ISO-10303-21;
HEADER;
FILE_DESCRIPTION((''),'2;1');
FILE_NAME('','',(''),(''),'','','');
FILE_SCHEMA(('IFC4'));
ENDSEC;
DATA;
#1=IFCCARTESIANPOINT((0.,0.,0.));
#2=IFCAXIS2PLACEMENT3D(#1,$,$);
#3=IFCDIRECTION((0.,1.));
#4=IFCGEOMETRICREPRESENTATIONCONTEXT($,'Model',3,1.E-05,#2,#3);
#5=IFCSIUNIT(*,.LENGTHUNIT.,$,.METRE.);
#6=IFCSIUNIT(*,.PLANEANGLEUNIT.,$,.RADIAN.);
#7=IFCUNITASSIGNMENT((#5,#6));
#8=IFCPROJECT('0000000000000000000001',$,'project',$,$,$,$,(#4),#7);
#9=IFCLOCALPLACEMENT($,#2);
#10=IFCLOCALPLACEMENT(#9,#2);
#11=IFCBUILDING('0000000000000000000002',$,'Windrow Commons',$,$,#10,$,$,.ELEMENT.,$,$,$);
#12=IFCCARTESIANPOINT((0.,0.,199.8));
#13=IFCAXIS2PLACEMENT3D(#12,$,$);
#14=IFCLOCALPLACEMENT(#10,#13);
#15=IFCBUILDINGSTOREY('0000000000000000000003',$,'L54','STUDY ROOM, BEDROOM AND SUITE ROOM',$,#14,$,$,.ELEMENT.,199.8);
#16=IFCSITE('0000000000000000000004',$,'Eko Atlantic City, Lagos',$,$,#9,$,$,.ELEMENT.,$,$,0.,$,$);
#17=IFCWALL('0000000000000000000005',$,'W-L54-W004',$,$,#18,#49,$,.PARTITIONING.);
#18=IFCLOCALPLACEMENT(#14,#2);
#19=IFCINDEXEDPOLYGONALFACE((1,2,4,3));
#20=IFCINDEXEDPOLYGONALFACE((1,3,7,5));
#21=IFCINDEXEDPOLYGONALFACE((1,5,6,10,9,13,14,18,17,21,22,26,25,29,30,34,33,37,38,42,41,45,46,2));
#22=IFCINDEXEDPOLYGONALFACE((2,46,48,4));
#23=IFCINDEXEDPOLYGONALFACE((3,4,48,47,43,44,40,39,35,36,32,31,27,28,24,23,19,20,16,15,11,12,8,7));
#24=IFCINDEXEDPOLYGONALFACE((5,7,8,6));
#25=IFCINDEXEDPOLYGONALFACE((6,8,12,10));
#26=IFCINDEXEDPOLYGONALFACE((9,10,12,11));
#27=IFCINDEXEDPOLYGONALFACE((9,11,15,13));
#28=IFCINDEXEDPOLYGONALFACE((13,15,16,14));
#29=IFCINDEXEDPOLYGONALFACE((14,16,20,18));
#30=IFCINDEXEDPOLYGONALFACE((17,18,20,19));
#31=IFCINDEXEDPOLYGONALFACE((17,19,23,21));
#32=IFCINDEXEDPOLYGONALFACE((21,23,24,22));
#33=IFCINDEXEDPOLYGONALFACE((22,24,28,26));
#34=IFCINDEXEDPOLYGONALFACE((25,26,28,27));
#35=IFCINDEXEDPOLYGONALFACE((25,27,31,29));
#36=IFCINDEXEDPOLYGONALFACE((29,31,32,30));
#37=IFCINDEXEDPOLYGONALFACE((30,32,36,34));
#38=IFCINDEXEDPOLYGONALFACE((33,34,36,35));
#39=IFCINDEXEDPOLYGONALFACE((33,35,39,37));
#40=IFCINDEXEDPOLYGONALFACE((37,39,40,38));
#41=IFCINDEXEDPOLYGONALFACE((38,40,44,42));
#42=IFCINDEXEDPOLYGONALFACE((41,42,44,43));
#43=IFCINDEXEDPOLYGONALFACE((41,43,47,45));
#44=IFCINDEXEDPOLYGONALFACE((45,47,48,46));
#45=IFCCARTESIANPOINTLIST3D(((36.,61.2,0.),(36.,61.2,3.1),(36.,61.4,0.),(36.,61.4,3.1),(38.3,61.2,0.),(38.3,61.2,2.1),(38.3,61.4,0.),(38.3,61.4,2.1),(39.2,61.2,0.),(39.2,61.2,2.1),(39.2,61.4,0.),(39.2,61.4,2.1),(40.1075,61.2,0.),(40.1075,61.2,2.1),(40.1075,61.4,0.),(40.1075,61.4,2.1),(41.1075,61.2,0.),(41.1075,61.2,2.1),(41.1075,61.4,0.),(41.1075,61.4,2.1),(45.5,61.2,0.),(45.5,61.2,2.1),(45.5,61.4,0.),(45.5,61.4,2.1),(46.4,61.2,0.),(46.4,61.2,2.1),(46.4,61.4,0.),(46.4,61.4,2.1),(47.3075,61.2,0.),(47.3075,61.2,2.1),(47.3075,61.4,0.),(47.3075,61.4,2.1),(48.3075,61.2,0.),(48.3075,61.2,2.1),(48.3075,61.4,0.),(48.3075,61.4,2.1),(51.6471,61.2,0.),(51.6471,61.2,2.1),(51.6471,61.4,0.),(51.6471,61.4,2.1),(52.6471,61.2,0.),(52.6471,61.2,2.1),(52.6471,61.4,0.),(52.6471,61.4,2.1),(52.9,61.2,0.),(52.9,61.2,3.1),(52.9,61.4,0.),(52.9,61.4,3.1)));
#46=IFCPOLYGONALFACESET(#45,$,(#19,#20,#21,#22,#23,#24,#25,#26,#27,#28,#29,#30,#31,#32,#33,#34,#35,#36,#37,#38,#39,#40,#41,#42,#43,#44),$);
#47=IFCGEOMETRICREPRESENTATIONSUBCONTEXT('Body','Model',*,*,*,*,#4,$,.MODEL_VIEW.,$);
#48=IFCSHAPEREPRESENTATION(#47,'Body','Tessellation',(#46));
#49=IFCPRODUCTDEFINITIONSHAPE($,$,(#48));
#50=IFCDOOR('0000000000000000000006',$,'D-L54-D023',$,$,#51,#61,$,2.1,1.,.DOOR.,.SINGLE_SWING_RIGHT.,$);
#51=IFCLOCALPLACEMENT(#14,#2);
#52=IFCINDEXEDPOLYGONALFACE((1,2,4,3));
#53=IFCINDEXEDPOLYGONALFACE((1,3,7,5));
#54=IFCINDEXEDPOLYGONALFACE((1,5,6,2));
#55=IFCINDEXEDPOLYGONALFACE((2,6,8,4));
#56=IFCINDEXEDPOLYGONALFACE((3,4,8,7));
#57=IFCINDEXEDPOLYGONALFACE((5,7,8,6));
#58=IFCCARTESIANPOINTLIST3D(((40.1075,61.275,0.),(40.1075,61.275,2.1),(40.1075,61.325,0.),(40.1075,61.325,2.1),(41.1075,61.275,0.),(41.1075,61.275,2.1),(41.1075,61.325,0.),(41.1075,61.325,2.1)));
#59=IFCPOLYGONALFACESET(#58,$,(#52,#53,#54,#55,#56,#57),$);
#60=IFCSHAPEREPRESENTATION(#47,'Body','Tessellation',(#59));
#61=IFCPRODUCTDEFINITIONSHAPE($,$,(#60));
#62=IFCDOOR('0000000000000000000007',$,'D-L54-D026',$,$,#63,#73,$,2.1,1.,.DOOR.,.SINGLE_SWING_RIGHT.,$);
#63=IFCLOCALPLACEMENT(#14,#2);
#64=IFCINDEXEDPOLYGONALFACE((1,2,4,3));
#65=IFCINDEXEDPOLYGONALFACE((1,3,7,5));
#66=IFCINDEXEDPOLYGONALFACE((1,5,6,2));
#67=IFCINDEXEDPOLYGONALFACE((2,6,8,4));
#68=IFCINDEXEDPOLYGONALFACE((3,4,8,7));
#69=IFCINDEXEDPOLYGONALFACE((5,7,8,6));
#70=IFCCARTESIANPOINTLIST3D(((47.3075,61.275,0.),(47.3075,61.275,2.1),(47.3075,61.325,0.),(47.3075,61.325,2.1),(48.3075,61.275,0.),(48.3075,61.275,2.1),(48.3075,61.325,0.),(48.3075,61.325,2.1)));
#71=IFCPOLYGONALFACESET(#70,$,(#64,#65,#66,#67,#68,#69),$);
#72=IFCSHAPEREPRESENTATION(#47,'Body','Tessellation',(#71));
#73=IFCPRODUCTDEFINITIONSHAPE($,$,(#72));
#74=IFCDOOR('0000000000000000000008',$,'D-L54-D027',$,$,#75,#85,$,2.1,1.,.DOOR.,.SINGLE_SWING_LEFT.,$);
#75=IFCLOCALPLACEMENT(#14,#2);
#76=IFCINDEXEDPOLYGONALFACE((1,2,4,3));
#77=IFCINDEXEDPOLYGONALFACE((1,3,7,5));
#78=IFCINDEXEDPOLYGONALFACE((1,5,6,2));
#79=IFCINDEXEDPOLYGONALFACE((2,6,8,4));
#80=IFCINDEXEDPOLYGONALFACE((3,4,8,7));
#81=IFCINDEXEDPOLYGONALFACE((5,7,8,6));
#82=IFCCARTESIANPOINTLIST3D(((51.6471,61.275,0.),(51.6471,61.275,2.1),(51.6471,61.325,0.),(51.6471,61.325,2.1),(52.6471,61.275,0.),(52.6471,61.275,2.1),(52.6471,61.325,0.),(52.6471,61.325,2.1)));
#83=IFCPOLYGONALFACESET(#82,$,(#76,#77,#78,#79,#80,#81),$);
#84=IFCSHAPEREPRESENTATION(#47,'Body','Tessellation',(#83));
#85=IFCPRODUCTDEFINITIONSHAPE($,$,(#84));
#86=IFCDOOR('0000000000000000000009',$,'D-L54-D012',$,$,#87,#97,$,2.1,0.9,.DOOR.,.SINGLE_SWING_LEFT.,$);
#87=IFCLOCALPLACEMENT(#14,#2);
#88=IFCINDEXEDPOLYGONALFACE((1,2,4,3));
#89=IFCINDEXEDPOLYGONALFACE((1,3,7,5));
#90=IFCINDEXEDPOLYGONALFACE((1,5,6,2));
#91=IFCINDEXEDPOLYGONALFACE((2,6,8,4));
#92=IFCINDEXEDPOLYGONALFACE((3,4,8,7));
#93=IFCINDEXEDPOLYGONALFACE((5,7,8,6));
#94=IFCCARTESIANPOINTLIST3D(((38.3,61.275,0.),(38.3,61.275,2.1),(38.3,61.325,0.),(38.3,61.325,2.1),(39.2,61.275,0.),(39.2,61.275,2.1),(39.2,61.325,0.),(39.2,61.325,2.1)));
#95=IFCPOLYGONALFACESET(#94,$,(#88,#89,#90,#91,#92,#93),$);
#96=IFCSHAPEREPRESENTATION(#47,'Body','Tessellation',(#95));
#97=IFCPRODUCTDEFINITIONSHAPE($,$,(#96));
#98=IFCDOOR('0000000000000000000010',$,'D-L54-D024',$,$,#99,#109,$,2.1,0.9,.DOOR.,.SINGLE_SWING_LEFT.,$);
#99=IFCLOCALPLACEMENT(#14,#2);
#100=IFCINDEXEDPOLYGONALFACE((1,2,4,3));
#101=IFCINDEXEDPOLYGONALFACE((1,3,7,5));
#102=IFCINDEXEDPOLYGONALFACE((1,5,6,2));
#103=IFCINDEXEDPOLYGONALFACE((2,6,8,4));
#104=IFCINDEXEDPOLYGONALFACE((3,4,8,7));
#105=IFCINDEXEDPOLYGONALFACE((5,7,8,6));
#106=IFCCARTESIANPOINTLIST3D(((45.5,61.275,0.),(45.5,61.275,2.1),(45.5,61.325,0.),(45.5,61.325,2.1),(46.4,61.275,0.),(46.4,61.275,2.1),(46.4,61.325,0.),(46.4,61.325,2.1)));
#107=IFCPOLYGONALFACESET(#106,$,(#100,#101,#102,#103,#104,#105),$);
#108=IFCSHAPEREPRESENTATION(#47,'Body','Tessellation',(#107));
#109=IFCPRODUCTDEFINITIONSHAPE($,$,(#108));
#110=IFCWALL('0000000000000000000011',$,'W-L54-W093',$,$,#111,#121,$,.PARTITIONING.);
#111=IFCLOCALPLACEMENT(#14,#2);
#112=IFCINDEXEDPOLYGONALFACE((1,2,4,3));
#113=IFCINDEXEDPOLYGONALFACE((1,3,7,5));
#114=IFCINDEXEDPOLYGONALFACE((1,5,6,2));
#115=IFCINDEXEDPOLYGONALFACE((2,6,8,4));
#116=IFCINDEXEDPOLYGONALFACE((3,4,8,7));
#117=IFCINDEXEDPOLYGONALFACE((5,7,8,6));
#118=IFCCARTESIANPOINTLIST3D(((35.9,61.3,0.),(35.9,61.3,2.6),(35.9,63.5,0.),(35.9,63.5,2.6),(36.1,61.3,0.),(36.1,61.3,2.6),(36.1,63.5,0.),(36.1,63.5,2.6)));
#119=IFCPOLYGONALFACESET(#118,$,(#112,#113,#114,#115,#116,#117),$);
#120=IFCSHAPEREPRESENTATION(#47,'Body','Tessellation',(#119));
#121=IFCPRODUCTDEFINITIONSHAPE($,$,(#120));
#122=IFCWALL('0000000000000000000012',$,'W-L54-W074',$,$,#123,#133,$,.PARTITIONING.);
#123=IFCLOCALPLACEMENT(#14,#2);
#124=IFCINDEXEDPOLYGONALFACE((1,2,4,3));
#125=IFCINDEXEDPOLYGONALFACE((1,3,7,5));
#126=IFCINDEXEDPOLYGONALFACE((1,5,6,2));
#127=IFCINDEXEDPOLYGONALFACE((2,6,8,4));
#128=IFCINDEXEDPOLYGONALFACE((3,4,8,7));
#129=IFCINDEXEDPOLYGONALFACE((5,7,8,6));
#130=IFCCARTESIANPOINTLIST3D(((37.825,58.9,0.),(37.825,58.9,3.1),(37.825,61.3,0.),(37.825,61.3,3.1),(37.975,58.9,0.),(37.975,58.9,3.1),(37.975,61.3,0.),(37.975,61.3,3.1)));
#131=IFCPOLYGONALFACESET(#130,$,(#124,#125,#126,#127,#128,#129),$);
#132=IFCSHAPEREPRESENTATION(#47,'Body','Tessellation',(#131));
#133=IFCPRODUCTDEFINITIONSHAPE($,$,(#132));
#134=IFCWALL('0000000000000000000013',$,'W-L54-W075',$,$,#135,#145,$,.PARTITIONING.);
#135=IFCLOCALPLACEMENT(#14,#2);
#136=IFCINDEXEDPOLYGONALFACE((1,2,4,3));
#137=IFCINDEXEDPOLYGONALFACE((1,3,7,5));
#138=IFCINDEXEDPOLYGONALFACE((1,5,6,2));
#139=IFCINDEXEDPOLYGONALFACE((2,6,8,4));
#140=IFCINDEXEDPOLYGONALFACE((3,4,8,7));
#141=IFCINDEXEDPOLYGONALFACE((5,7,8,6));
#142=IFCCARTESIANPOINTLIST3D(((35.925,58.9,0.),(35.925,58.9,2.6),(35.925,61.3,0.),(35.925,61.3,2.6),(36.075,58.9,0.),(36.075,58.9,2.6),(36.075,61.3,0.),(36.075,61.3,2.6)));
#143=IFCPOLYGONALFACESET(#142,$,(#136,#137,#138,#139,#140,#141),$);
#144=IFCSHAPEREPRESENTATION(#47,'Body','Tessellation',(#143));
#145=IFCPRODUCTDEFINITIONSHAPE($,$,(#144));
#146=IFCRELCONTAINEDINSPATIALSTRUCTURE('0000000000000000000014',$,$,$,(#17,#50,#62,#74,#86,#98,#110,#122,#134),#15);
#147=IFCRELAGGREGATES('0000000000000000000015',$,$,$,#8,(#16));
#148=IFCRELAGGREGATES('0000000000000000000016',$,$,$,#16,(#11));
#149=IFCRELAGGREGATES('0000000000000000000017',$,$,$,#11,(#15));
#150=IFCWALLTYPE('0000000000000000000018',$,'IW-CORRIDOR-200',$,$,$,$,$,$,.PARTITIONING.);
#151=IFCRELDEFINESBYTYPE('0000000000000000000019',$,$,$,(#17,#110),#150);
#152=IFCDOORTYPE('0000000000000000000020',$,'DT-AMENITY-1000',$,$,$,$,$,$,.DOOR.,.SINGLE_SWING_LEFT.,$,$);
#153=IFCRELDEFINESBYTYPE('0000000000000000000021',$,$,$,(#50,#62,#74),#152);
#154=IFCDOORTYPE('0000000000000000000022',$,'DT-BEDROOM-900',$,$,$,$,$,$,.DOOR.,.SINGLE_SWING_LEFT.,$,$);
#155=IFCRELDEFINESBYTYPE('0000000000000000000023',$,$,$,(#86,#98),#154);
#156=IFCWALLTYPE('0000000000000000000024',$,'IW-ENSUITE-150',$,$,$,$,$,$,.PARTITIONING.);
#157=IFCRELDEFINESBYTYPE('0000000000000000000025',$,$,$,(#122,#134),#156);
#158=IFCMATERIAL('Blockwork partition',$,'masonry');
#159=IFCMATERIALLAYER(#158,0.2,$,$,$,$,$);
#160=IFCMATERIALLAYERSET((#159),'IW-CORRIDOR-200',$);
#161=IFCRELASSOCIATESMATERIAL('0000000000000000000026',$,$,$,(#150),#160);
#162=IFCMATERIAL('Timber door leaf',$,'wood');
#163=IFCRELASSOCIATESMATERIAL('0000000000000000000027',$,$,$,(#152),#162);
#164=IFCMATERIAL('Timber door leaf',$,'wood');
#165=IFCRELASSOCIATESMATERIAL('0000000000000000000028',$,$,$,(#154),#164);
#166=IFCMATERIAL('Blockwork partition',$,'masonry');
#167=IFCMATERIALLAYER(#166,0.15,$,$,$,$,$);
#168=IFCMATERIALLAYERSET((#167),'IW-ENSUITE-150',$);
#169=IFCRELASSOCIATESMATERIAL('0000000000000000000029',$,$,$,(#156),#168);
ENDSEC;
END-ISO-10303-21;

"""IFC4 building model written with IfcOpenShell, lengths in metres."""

from ifc_helpers import new_model, si_unit, direction, frame, frame_2d, origin, place, context, subcontext, project, spatial, rectangle, extrude, material, layer, layer_set, type_object, element, fill, save


model = new_model("IFC4")

# Units and contexts
model_context = context("Model", 3, precision=1e-05, world=origin(), true_north=direction((0.0, 1.0)))
body_context = subcontext(model_context, "Body", "Model", "MODEL_VIEW")
ifc_project = project(units=[si_unit("LENGTHUNIT", "METRE"), si_unit("PLANEANGLEUNIT", "RADIAN")], contexts=[model_context])

# Site, building, storey
site_placement = place(None, origin())
site = spatial("IfcSite", under=ifc_project, at=site_placement, Name="Eko Atlantic City, Lagos", CompositionType="ELEMENT", RefElevation=0.0)
building_placement = place(site_placement, origin())
building = spatial("IfcBuilding", under=site, at=building_placement, Name="Windrow Commons", CompositionType="ELEMENT")
storey_placement = place(building_placement, frame((0.0, 0.0, 199.8)))
storey = spatial("IfcBuildingStorey", under=building, at=storey_placement, Name="L54", Description="STUDY ROOM, BEDROOM AND SUITE ROOM", CompositionType="ELEMENT", Elevation=199.8)

# Wall, openings, doors
ifc_material_1 = material(Name="Blockwork partition", Category="masonry")
ifc_layer_1 = layer(ifc_material_1, 0.2)
ifc_layer_set_1 = layer_set([ifc_layer_1], Name="IW-CORRIDOR-200")
wall_type_1 = type_object("IfcWallType", Name="IW-CORRIDOR-200", PredefinedType="PARTITIONING", material=ifc_layer_set_1)
wall_1_placement = place(storey_placement, frame((36.0, 61.3, 0.0), z_axis=(0.0, 0.0, 1.0), x_axis=(1.0, 0.0, 0.0)))
wall_1 = element("IfcWall", 1, at=wall_1_placement, inside=storey, type_object=wall_type_1, Name="W-L54-W004", PredefinedType="PARTITIONING", context=body_context, shape_type="SweptSolid", body=[
    extrude(rectangle(XDim=16.9, YDim=0.2, at=frame_2d((8.45, 0.0))), origin(), (0.0, 0.0, 1.0), 3.1),
])
opening_1_placement = place(wall_1_placement, frame((2.3, 0.0, 0.0)))
opening_1 = element("IfcOpeningElement", 2, at=opening_1_placement, cuts=wall_1, PredefinedType="OPENING", context=body_context, shape_type="SweptSolid", body=[
    extrude(rectangle(XDim=0.9, YDim=2.1, at=frame_2d((0.45, 1.05))), frame((0.0, 0.11, 0.0), z_axis=(0.0, -1.0, 0.0), x_axis=(1.0, 0.0, 0.0)), (0.0, 0.0, 1.0), 0.22),
])
opening_2_placement = place(wall_1_placement, frame((4.1075, 0.0, 0.0)))
opening_2 = element("IfcOpeningElement", 3, at=opening_2_placement, cuts=wall_1, PredefinedType="OPENING", context=body_context, shape_type="SweptSolid", body=[
    extrude(rectangle(XDim=1.0, YDim=2.1, at=frame_2d((0.5, 1.05))), frame((0.0, 0.11, 0.0), z_axis=(0.0, -1.0, 0.0), x_axis=(1.0, 0.0, 0.0)), (0.0, 0.0, 1.0), 0.22),
])
opening_3_placement = place(wall_1_placement, frame((9.5, 0.0, 0.0)))
opening_3 = element("IfcOpeningElement", 4, at=opening_3_placement, cuts=wall_1, PredefinedType="OPENING", context=body_context, shape_type="SweptSolid", body=[
    extrude(rectangle(XDim=0.9, YDim=2.1, at=frame_2d((0.45, 1.05))), frame((0.0, 0.11, 0.0), z_axis=(0.0, -1.0, 0.0), x_axis=(1.0, 0.0, 0.0)), (0.0, 0.0, 1.0), 0.22),
])
opening_4_placement = place(wall_1_placement, frame((11.3075, 0.0, 0.0)))
opening_4 = element("IfcOpeningElement", 5, at=opening_4_placement, cuts=wall_1, PredefinedType="OPENING", context=body_context, shape_type="SweptSolid", body=[
    extrude(rectangle(XDim=1.0, YDim=2.1, at=frame_2d((0.5, 1.05))), frame((0.0, 0.11, 0.0), z_axis=(0.0, -1.0, 0.0), x_axis=(1.0, 0.0, 0.0)), (0.0, 0.0, 1.0), 0.22),
])
opening_5_placement = place(wall_1_placement, frame((15.6471, 0.0, 0.0)))
opening_5 = element("IfcOpeningElement", 6, at=opening_5_placement, cuts=wall_1, PredefinedType="OPENING", context=body_context, shape_type="SweptSolid", body=[
    extrude(rectangle(XDim=1.0, YDim=2.1, at=frame_2d((0.5, 1.05))), frame((0.0, 0.11, 0.0), z_axis=(0.0, -1.0, 0.0), x_axis=(1.0, 0.0, 0.0)), (0.0, 0.0, 1.0), 0.22),
])
ifc_material_2 = material(Name="Timber door leaf", Category="wood")
door_type_1 = type_object("IfcDoorType", Name="DT-AMENITY-1000", OperationType="SINGLE_SWING_LEFT", PredefinedType="DOOR", material=ifc_material_2)
door_1_placement = place(opening_2_placement, origin())
door_1 = element("IfcDoor", 7, at=door_1_placement, inside=storey, type_object=door_type_1, Name="D-L54-D023", OperationType="SINGLE_SWING_RIGHT", OverallHeight=2.1, OverallWidth=1.0, PredefinedType="DOOR", context=body_context, shape_type="SweptSolid", body=[
    extrude(rectangle(XDim=1.0, YDim=2.1, at=frame_2d((0.5, 1.05))), frame((0.0, 0.025, 0.0), z_axis=(0.0, -1.0, 0.0), x_axis=(1.0, 0.0, 0.0)), (0.0, 0.0, 1.0), 0.05),
])
fill(opening_2, door_1)
door_2_placement = place(opening_4_placement, origin())
door_2 = element("IfcDoor", 8, at=door_2_placement, inside=storey, type_object=door_type_1, Name="D-L54-D026", OperationType="SINGLE_SWING_RIGHT", OverallHeight=2.1, OverallWidth=1.0, PredefinedType="DOOR", context=body_context, shape_type="SweptSolid", body=[
    extrude(rectangle(XDim=1.0, YDim=2.1, at=frame_2d((0.5, 1.05))), frame((0.0, 0.025, 0.0), z_axis=(0.0, -1.0, 0.0), x_axis=(1.0, 0.0, 0.0)), (0.0, 0.0, 1.0), 0.05),
])
fill(opening_4, door_2)
door_3_placement = place(opening_5_placement, origin())
door_3 = element("IfcDoor", 9, at=door_3_placement, inside=storey, type_object=door_type_1, Name="D-L54-D027", OperationType="SINGLE_SWING_LEFT", OverallHeight=2.1, OverallWidth=1.0, PredefinedType="DOOR", context=body_context, shape_type="SweptSolid", body=[
    extrude(rectangle(XDim=1.0, YDim=2.1, at=frame_2d((0.5, 1.05))), frame((0.0, 0.025, 0.0), z_axis=(0.0, -1.0, 0.0), x_axis=(1.0, 0.0, 0.0)), (0.0, 0.0, 1.0), 0.05),
])
fill(opening_5, door_3)
ifc_material_3 = material(Name="Timber door leaf", Category="wood")
door_type_2 = type_object("IfcDoorType", Name="DT-BEDROOM-900", OperationType="SINGLE_SWING_LEFT", PredefinedType="DOOR", material=ifc_material_3)
door_4_placement = place(opening_1_placement, origin())
door_4 = element("IfcDoor", 10, at=door_4_placement, inside=storey, type_object=door_type_2, Name="D-L54-D012", OperationType="SINGLE_SWING_LEFT", OverallHeight=2.1, OverallWidth=0.9, PredefinedType="DOOR", context=body_context, shape_type="SweptSolid", body=[
    extrude(rectangle(XDim=0.9, YDim=2.1, at=frame_2d((0.45, 1.05))), frame((0.0, 0.025, 0.0), z_axis=(0.0, -1.0, 0.0), x_axis=(1.0, 0.0, 0.0)), (0.0, 0.0, 1.0), 0.05),
])
fill(opening_1, door_4)
door_5_placement = place(opening_3_placement, origin())
door_5 = element("IfcDoor", 11, at=door_5_placement, inside=storey, type_object=door_type_2, Name="D-L54-D024", OperationType="SINGLE_SWING_LEFT", OverallHeight=2.1, OverallWidth=0.9, PredefinedType="DOOR", context=body_context, shape_type="SweptSolid", body=[
    extrude(rectangle(XDim=0.9, YDim=2.1, at=frame_2d((0.45, 1.05))), frame((0.0, 0.025, 0.0), z_axis=(0.0, -1.0, 0.0), x_axis=(1.0, 0.0, 0.0)), (0.0, 0.0, 1.0), 0.05),
])
fill(opening_3, door_5)

# Walls
wall_2_placement = place(storey_placement, frame((36.0, 61.3, 0.0), z_axis=(0.0, 0.0, 1.0), x_axis=(0.0, 1.0, 0.0)))
element("IfcWall", 12, at=wall_2_placement, inside=storey, type_object=wall_type_1, Name="W-L54-W093", PredefinedType="PARTITIONING", context=body_context, shape_type="SweptSolid", body=[
    extrude(rectangle(XDim=2.2, YDim=0.2, at=frame_2d((1.1, 0.0))), origin(), (0.0, 0.0, 1.0), 2.6),
])
ifc_material_4 = material(Name="Blockwork partition", Category="masonry")
ifc_layer_2 = layer(ifc_material_4, 0.15)
ifc_layer_set_2 = layer_set([ifc_layer_2], Name="IW-ENSUITE-150")
wall_type_2 = type_object("IfcWallType", Name="IW-ENSUITE-150", PredefinedType="PARTITIONING", material=ifc_layer_set_2)
wall_3_placement = place(storey_placement, frame((37.9, 58.9, 0.0), z_axis=(0.0, 0.0, 1.0), x_axis=(0.0, 1.0, 0.0)))
element("IfcWall", 13, at=wall_3_placement, inside=storey, type_object=wall_type_2, Name="W-L54-W074", PredefinedType="PARTITIONING", context=body_context, shape_type="SweptSolid", body=[
    extrude(rectangle(XDim=2.4, YDim=0.15, at=frame_2d((1.2, 0.0))), origin(), (0.0, 0.0, 1.0), 3.1),
])
wall_4_placement = place(storey_placement, frame((36.0, 58.9, 0.0), z_axis=(0.0, 0.0, 1.0), x_axis=(0.0, 1.0, 0.0)))
element("IfcWall", 14, at=wall_4_placement, inside=storey, type_object=wall_type_2, Name="W-L54-W075", PredefinedType="PARTITIONING", context=body_context, shape_type="SweptSolid", body=[
    extrude(rectangle(XDim=2.4, YDim=0.15, at=frame_2d((1.2, 0.0))), origin(), (0.0, 0.0, 1.0), 2.6),
])

save(model, "model.ifc")
